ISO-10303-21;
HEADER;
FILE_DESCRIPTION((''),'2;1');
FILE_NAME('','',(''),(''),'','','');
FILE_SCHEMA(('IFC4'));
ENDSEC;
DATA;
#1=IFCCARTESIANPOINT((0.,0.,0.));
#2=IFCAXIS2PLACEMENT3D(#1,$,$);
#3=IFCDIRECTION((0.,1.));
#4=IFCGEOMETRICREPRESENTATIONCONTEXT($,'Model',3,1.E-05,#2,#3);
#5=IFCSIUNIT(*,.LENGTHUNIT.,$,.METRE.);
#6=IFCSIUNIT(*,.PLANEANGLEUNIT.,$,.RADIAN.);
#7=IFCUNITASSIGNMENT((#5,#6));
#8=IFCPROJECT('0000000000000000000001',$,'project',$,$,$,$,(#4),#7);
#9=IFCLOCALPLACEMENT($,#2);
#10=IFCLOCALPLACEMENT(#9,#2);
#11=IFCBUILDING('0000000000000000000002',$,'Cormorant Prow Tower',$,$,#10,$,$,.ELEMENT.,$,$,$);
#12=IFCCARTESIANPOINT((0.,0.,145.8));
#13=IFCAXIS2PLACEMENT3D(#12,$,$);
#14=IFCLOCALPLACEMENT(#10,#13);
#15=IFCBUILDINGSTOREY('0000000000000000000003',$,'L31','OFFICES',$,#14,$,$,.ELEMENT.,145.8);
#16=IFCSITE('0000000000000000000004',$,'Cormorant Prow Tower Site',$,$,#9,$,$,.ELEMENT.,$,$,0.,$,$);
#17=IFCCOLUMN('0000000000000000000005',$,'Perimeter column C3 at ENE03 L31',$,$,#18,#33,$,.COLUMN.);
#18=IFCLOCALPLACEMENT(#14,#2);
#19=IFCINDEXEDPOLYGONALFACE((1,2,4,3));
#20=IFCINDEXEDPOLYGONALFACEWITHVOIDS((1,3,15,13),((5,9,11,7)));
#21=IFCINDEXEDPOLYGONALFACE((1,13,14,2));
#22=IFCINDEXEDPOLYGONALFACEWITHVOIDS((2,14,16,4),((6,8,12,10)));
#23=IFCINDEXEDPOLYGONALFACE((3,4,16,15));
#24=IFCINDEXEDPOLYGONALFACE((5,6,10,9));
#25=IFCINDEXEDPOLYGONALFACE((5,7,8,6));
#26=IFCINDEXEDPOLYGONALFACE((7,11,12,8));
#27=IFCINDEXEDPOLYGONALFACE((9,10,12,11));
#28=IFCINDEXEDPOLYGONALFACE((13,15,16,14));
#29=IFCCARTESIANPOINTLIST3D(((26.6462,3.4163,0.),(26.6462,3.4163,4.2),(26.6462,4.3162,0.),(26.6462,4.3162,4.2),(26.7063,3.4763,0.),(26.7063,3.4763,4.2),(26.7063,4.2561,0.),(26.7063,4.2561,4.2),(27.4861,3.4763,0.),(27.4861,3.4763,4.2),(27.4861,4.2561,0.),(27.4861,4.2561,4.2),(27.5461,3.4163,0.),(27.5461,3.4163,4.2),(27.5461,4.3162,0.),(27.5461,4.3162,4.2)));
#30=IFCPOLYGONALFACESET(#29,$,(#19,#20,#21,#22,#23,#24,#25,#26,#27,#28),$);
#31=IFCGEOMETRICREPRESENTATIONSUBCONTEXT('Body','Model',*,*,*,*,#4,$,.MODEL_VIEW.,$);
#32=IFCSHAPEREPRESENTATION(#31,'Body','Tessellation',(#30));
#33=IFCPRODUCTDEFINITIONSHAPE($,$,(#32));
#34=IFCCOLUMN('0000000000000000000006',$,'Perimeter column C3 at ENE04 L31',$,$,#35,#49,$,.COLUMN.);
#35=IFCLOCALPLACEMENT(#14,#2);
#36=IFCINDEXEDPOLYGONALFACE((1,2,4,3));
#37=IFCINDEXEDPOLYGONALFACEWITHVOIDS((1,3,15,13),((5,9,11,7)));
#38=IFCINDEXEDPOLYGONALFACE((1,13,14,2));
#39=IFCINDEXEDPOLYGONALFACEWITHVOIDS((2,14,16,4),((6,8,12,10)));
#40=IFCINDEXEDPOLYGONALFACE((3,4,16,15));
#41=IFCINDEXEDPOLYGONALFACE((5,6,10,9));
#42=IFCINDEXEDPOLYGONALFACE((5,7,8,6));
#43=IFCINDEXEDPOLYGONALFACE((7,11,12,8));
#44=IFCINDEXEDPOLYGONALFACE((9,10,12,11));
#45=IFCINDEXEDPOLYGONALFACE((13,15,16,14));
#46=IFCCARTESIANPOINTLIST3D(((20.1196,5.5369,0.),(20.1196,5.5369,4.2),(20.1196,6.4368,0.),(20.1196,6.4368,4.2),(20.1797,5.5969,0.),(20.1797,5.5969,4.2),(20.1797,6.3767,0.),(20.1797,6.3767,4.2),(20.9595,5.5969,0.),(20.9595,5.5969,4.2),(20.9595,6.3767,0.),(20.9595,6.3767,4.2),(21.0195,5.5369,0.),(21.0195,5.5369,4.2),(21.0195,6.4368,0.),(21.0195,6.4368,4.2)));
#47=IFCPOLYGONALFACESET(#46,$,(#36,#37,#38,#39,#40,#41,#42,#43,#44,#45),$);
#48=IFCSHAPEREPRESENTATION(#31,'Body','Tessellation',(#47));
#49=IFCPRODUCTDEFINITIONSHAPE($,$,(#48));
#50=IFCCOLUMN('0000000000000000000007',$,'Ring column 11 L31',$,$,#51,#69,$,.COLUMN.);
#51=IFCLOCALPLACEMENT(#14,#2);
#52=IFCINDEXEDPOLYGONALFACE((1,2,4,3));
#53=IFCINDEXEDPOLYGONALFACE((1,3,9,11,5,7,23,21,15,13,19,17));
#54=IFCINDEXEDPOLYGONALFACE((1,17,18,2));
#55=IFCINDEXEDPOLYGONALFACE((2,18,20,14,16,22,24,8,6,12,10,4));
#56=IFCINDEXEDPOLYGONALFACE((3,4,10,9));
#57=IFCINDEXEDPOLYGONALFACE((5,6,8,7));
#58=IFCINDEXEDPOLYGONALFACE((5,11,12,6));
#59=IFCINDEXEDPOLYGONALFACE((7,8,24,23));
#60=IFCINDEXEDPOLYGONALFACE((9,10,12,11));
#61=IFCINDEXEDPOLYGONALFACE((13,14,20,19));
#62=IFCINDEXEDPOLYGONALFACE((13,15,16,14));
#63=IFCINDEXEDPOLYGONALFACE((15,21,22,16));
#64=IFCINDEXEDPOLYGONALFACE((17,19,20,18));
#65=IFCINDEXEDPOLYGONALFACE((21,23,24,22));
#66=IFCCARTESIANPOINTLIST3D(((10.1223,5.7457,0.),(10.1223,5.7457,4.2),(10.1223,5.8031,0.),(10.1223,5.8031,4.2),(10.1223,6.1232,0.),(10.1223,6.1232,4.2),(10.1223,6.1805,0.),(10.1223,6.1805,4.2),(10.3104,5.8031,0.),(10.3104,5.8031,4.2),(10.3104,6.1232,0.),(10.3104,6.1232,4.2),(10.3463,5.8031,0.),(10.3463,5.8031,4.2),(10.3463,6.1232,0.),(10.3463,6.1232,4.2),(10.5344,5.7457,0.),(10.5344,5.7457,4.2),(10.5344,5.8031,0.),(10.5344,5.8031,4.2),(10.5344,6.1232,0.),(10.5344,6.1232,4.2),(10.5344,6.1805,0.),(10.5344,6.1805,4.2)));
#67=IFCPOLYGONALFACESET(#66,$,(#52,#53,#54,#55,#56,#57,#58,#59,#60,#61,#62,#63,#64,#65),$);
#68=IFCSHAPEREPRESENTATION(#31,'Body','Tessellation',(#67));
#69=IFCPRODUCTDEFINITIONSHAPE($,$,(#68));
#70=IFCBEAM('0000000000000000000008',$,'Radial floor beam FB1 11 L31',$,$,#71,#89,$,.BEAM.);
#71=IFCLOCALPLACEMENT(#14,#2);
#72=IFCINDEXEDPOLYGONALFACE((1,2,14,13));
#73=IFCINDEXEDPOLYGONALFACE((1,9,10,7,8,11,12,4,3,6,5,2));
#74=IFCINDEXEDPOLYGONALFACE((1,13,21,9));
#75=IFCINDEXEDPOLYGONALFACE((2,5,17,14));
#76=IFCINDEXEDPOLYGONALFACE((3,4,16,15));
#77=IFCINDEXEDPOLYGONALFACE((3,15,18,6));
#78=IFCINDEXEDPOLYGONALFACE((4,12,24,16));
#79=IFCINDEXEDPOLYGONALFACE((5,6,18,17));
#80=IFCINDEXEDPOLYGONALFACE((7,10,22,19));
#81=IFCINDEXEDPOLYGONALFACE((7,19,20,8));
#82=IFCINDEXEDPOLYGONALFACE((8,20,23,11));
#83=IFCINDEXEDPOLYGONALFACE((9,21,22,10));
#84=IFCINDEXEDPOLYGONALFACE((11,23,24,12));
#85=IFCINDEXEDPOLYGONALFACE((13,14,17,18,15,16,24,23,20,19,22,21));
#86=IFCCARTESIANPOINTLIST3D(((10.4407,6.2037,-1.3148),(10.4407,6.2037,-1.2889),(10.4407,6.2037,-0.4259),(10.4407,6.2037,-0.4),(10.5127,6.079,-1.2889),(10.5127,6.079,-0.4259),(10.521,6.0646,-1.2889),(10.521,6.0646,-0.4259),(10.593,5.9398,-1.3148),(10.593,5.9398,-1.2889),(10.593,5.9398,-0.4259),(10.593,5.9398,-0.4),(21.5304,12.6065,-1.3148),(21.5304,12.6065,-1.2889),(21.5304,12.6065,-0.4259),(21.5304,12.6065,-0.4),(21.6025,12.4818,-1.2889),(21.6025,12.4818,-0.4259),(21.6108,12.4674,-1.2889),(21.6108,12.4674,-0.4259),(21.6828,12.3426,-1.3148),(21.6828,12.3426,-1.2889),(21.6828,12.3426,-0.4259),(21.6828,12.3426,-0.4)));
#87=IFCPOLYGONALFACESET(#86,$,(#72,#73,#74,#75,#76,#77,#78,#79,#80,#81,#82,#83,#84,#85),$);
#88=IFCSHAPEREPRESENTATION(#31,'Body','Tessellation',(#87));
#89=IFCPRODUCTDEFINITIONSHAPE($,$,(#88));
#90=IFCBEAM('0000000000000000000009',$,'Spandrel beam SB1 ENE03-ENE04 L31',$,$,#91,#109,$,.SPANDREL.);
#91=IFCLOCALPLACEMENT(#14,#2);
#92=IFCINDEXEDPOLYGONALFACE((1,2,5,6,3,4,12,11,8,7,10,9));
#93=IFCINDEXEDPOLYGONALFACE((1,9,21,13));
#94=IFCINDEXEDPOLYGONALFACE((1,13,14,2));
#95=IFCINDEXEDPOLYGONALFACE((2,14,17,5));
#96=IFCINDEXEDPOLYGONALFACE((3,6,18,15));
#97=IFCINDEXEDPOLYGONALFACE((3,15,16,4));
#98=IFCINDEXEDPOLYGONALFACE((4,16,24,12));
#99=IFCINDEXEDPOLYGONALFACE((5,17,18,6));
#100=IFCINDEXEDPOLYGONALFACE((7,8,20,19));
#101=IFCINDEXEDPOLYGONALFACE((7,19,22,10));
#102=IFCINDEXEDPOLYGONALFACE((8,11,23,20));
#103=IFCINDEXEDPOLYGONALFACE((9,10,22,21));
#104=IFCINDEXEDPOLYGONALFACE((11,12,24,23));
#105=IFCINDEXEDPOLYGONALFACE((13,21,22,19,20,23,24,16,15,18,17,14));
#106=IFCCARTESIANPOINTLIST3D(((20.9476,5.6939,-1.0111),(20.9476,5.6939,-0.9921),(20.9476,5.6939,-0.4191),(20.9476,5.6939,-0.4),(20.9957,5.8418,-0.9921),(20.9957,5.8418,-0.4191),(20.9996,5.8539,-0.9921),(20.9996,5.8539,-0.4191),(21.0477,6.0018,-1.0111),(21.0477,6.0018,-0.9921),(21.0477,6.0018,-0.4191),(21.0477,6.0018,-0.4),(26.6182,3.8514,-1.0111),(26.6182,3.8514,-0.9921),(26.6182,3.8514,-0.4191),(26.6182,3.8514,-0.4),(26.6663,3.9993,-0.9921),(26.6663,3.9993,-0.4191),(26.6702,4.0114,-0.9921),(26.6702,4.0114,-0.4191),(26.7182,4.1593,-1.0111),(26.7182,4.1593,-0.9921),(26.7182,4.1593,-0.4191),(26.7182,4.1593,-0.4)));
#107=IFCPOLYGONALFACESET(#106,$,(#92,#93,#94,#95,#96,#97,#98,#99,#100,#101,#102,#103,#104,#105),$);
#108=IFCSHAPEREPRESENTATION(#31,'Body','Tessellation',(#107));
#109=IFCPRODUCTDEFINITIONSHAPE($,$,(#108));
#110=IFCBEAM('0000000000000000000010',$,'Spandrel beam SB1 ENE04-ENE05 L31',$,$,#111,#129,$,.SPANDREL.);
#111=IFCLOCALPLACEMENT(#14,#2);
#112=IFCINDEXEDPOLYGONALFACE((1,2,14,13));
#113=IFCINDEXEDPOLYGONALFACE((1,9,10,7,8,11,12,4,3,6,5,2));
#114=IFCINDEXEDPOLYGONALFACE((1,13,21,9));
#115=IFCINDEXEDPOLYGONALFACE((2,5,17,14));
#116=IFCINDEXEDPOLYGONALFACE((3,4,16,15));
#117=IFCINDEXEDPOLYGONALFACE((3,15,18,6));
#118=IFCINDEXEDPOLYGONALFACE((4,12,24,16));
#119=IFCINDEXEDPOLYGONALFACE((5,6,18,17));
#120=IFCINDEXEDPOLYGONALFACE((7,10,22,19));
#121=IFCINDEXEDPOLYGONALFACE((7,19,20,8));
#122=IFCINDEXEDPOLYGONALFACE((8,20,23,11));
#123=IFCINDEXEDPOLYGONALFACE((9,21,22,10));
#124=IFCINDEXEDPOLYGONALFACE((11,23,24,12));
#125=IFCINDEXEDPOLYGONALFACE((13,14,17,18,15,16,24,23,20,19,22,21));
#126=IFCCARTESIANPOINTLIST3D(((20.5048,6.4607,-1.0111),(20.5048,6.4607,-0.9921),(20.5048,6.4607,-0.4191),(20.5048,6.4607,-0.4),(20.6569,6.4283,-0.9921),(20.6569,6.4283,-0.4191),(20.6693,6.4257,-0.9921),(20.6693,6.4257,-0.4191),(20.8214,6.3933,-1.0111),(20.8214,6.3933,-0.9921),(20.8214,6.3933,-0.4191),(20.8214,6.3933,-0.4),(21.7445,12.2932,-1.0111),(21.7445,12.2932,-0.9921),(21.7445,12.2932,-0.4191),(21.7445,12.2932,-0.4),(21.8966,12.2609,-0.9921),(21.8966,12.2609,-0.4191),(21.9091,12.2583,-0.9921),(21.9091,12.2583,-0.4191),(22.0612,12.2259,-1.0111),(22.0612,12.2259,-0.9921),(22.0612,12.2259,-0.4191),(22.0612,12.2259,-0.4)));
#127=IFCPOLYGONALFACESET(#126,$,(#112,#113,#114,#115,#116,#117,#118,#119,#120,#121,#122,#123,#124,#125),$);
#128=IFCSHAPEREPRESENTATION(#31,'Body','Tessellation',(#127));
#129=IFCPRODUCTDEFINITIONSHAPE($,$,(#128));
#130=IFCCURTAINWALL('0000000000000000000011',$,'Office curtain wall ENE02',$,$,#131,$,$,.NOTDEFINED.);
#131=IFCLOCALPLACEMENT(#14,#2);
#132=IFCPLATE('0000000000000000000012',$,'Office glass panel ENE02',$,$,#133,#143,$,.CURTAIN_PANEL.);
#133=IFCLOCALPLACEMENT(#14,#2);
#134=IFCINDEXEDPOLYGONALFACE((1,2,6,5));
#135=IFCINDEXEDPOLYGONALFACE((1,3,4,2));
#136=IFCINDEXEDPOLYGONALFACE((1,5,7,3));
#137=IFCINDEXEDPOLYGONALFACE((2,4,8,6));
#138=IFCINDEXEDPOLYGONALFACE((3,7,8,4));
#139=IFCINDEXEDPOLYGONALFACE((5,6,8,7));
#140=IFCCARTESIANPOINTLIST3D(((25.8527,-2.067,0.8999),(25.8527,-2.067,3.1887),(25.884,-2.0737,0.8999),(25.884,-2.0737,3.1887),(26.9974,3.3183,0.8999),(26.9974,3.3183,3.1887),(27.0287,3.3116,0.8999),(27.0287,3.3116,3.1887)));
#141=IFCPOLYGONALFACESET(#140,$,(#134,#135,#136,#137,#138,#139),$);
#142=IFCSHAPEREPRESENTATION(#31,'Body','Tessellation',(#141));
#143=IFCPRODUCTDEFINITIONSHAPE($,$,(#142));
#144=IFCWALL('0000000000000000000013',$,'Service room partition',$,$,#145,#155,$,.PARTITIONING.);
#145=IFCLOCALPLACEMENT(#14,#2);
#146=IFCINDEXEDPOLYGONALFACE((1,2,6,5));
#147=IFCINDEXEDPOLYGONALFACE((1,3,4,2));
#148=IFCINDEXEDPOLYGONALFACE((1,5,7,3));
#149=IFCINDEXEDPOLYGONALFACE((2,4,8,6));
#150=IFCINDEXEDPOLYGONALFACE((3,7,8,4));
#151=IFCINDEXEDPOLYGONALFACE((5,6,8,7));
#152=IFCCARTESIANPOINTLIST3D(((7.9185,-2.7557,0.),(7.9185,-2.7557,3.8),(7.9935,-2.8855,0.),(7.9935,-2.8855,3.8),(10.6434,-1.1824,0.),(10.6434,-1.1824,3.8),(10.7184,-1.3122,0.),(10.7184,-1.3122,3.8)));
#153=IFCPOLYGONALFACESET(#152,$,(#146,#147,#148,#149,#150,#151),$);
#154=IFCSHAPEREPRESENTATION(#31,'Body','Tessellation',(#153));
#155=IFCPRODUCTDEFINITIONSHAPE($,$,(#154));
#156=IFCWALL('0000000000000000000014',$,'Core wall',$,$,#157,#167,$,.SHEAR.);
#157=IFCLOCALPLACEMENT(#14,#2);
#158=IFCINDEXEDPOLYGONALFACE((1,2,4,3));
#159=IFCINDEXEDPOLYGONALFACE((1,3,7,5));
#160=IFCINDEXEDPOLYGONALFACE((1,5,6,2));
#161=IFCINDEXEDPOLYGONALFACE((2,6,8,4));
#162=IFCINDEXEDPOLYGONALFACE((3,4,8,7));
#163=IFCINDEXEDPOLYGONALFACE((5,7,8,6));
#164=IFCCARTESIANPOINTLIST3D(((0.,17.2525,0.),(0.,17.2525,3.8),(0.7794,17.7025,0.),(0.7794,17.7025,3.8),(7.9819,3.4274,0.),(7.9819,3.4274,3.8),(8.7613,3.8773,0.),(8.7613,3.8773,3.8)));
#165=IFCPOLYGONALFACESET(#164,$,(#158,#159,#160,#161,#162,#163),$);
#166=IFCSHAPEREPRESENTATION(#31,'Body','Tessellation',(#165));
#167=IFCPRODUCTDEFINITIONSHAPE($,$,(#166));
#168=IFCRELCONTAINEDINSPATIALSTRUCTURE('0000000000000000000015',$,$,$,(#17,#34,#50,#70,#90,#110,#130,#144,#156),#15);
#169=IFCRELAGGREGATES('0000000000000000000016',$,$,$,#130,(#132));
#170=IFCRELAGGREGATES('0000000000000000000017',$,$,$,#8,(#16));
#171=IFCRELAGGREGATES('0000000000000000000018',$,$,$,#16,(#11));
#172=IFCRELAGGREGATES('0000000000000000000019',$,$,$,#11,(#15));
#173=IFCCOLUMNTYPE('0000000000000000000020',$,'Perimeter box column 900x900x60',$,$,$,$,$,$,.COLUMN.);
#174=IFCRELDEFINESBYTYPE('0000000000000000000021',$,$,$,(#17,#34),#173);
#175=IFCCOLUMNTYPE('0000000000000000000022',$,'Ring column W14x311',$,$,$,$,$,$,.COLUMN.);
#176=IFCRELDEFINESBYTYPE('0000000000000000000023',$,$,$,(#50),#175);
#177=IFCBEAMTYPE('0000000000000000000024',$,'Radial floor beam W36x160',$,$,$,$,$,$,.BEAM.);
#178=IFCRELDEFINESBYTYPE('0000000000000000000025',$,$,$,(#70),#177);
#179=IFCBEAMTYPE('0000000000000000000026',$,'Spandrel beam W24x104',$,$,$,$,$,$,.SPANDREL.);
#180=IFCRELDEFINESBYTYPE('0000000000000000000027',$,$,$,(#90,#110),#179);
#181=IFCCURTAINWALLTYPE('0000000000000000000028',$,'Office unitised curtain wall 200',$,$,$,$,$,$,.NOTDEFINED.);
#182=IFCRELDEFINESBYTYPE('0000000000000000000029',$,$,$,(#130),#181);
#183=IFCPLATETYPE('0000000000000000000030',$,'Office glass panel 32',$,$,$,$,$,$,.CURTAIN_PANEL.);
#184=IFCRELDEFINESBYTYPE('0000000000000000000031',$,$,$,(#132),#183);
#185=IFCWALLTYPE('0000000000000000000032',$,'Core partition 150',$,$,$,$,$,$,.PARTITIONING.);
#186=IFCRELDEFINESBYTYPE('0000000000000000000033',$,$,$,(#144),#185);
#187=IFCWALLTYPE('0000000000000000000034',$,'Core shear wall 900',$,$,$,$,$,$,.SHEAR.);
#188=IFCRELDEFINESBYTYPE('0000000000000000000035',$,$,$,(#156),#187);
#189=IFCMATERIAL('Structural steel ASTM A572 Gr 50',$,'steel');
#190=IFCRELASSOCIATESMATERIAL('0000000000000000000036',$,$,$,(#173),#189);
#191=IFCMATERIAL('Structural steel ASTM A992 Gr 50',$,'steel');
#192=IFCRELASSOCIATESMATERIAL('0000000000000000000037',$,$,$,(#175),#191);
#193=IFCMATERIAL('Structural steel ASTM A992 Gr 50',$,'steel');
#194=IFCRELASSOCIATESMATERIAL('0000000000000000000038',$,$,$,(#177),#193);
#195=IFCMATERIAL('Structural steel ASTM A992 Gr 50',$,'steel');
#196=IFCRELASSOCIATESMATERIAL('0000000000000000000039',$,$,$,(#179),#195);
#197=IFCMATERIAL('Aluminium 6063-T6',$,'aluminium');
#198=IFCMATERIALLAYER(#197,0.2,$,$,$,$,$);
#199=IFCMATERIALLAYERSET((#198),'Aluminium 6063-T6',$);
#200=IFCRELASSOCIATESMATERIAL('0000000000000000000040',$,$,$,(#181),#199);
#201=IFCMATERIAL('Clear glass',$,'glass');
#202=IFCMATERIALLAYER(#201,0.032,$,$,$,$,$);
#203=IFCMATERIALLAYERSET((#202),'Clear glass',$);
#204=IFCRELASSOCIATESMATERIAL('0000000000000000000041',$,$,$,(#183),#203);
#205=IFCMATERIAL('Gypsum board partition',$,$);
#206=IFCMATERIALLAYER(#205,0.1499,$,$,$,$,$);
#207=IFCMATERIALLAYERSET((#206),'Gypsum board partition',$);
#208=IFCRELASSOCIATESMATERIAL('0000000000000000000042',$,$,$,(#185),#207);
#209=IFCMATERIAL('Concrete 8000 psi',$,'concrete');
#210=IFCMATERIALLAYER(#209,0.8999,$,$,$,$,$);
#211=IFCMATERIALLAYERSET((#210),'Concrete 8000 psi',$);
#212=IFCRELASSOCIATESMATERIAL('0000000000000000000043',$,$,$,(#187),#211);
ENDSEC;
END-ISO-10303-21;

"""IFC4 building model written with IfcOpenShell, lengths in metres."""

from ifc_helpers import new_model, si_unit, direction, frame, frame_2d, origin, origin_2d, place, context, subcontext, project, spatial, rectangle, hollow_rectangle, i_section, extrude, material, layer, layer_set, material_profile, profile_set, type_object, element, aggregate, save


model = new_model("IFC4")

# Units and contexts
model_context = context("Model", 3, precision=1e-05, world=origin(), true_north=direction((0.0, 1.0)))
body_context = subcontext(model_context, "Body", "Model", "MODEL_VIEW")
ifc_project = project(units=[si_unit("LENGTHUNIT", "METRE"), si_unit("PLANEANGLEUNIT", "RADIAN")], contexts=[model_context])

# Site, building, storey
site_placement = place(None, origin())
site = spatial("IfcSite", under=ifc_project, at=site_placement, Name="Cormorant Prow Tower Site", CompositionType="ELEMENT", RefElevation=0.0)
building_placement = place(site_placement, origin())
building = spatial("IfcBuilding", under=site, at=building_placement, Name="Cormorant Prow Tower", CompositionType="ELEMENT")
storey_placement = place(building_placement, frame((0.0, 0.0, 145.8)))
storey = spatial("IfcBuildingStorey", under=building, at=storey_placement, Name="L31", Description="OFFICES", CompositionType="ELEMENT", Elevation=145.8)

# Columns
ifc_material_1 = material(Name="Structural steel ASTM A572 Gr 50", Category="steel")
ifc_material_profile_1 = material_profile(ifc_material_1, hollow_rectangle(XDim=0.8999, YDim=0.8999, WallThickness=0.0601, at=origin_2d()), Name="Box 900x900x60")
ifc_profile_set_1 = profile_set([ifc_material_profile_1], Name="Structural steel ASTM A572 Gr 50")
column_type_1 = type_object("IfcColumnType", Name="Perimeter box column 900x900x60", PredefinedType="COLUMN", material=ifc_profile_set_1)
for number, where, z_axis, x_axis, name in (
    (1, (27.0962, 3.8662, 0.0), (0.0, 0.0, 1.0), (1.0, 0.0, 0.0), "Perimeter column C3 at ENE03 L31"),
    (2, (20.5696, 5.9868, 0.0), (0.0, 0.0, 1.0), (1.0, 0.0, 0.0), "Perimeter column C3 at ENE04 L31"),
):
    element("IfcColumn", number, at=place(storey_placement, frame(where, z_axis=z_axis, x_axis=x_axis)), inside=storey, type_object=column_type_1, Name=name, PredefinedType="COLUMN", context=body_context, shape_type="SweptSolid", body=[
        extrude(hollow_rectangle(XDim=0.8999, YDim=0.8999, WallThickness=0.0601, at=origin_2d()), origin(), (0.0, 0.0, 1.0), 4.2),
    ])
ifc_material_2 = material(Name="Structural steel ASTM A992 Gr 50", Category="steel")
ifc_material_profile_2 = material_profile(ifc_material_2, i_section(OverallWidth=0.4121, OverallDepth=0.4348, WebThickness=0.0359, FlangeThickness=0.0574, at=origin_2d()), Name="W14x311")
ifc_profile_set_2 = profile_set([ifc_material_profile_2], Name="Structural steel ASTM A992 Gr 50")
column_type_2 = type_object("IfcColumnType", Name="Ring column W14x311", PredefinedType="COLUMN", material=ifc_profile_set_2)
column_placement = place(storey_placement, frame((10.3284, 5.9631, 0.0), z_axis=(0.0, 0.0, 1.0), x_axis=(1.0, 0.0, 0.0)))
element("IfcColumn", 3, at=column_placement, inside=storey, type_object=column_type_2, Name="Ring column 11 L31", PredefinedType="COLUMN", context=body_context, shape_type="SweptSolid", body=[
    extrude(i_section(OverallWidth=0.4121, OverallDepth=0.4348, WebThickness=0.0359, FlangeThickness=0.0574, at=origin_2d()), origin(), (0.0, 0.0, 1.0), 4.2),
])

# Beams
ifc_material_3 = material(Name="Structural steel ASTM A992 Gr 50", Category="steel")
ifc_material_profile_3 = material_profile(ifc_material_3, i_section(OverallWidth=0.3047, OverallDepth=0.9148, WebThickness=0.0166, FlangeThickness=0.0259, at=origin_2d()), Name="W36x160")
ifc_profile_set_3 = profile_set([ifc_material_profile_3], Name="Structural steel ASTM A992 Gr 50")
beam_type_1 = type_object("IfcBeamType", Name="Radial floor beam W36x160", PredefinedType="BEAM", material=ifc_profile_set_3)
beam_1_placement = place(storey_placement, frame((10.5168, 6.0718, -0.8574), z_axis=(0.866022, 0.500006, 0.0), x_axis=(-0.500006, 0.866022, 0.0)))
element("IfcBeam", 4, at=beam_1_placement, inside=storey, type_object=beam_type_1, Name="Radial floor beam FB1 11 L31", PredefinedType="BEAM", context=body_context, shape_type="SweptSolid", body=[
    extrude(i_section(OverallWidth=0.3047, OverallDepth=0.9148, WebThickness=0.0166, FlangeThickness=0.0259, at=origin_2d()), origin(), (0.0, 0.0, 1.0), 12.8054),
])
ifc_material_4 = material(Name="Structural steel ASTM A992 Gr 50", Category="steel")
ifc_material_profile_4 = material_profile(ifc_material_4, i_section(OverallWidth=0.3237, OverallDepth=0.6111, WebThickness=0.0127, FlangeThickness=0.019, at=origin_2d()), Name="W24x104")
ifc_profile_set_4 = profile_set([ifc_material_profile_4], Name="Structural steel ASTM A992 Gr 50")
beam_type_2 = type_object("IfcBeamType", Name="Spandrel beam W24x104", PredefinedType="SPANDREL", material=ifc_profile_set_4)
beam_2_placement = place(storey_placement, frame((26.6682, 4.0054, -0.7056), z_axis=(-0.951055, 0.30902, 0.0), x_axis=(-0.30902, -0.951055, 0.0)))
element("IfcBeam", 5, at=beam_2_placement, inside=storey, type_object=beam_type_2, Name="Spandrel beam SB1 ENE03-ENE04 L31", PredefinedType="SPANDREL", context=body_context, shape_type="SweptSolid", body=[
    extrude(i_section(OverallWidth=0.3237, OverallDepth=0.6111, WebThickness=0.0127, FlangeThickness=0.019, at=origin_2d()), origin(), (0.0, 0.0, 1.0), 5.9624),
])
beam_3_placement = place(storey_placement, frame((20.6631, 6.427, -0.7056), z_axis=(0.207913, 0.978147, 0.0), x_axis=(-0.978147, 0.207913, 0.0)))
element("IfcBeam", 6, at=beam_3_placement, inside=storey, type_object=beam_type_2, Name="Spandrel beam SB1 ENE04-ENE05 L31", PredefinedType="SPANDREL", context=body_context, shape_type="SweptSolid", body=[
    extrude(i_section(OverallWidth=0.3237, OverallDepth=0.6111, WebThickness=0.0127, FlangeThickness=0.019, at=origin_2d()), origin(), (0.0, 0.0, 1.0), 5.9629),
])

# Curtain wall, plate
ifc_material_5 = material(Name="Aluminium 6063-T6", Category="aluminium")
ifc_layer_1 = layer(ifc_material_5, 0.2)
ifc_layer_set_1 = layer_set([ifc_layer_1], Name="Aluminium 6063-T6")
curtain_wall_type = type_object("IfcCurtainWallType", Name="Office unitised curtain wall 200", PredefinedType="NOTDEFINED", material=ifc_layer_set_1)
curtain_wall_placement = place(storey_placement, origin())
curtain_wall = element("IfcCurtainWall", 7, at=curtain_wall_placement, inside=storey, type_object=curtain_wall_type, Name="Office curtain wall ENE02", PredefinedType="NOTDEFINED")
ifc_material_6 = material(Name="Clear glass", Category="glass")
ifc_layer_2 = layer(ifc_material_6, 0.032)
ifc_layer_set_2 = layer_set([ifc_layer_2], Name="Clear glass")
plate_type = type_object("IfcPlateType", Name="Office glass panel 32", PredefinedType="CURTAIN_PANEL", material=ifc_layer_set_2)
plate_placement = place(storey_placement, frame((26.4407, 0.6223, 0.8999), z_axis=(0.0, 0.0, 1.0), x_axis=(0.207912, 0.978148, 0.0)))
plate = element("IfcPlate", 8, at=plate_placement, type_object=plate_type, Name="Office glass panel ENE02", PredefinedType="CURTAIN_PANEL", context=body_context, shape_type="SweptSolid", body=[
    extrude(rectangle(XDim=5.5056, YDim=0.032, at=origin_2d()), origin(), (0.0, 0.0, 1.0), 2.2888),
])
aggregate(curtain_wall, [plate])

# Walls
ifc_material_7 = material(Name="Gypsum board partition")
ifc_layer_3 = layer(ifc_material_7, 0.1499)
ifc_layer_set_3 = layer_set([ifc_layer_3], Name="Gypsum board partition")
wall_type_1 = type_object("IfcWallType", Name="Core partition 150", PredefinedType="PARTITIONING", material=ifc_layer_set_3)
wall_1_placement = place(storey_placement, frame((10.6809, -1.2473, 0.0), z_axis=(0.0, 0.0, 1.0), x_axis=(-0.866019, -0.500011, 0.0)))
element("IfcWall", 9, at=wall_1_placement, inside=storey, type_object=wall_type_1, Name="Service room partition", PredefinedType="PARTITIONING", context=body_context, shape_type="SweptSolid", body=[
    extrude(rectangle(XDim=3.1465, YDim=0.1499, at=frame_2d((1.5732, 0.0))), origin(), (0.0, 0.0, 1.0), 3.8),
])
ifc_material_8 = material(Name="Concrete 8000 psi", Category="concrete")
ifc_layer_4 = layer(ifc_material_8, 0.8999)
ifc_layer_set_4 = layer_set([ifc_layer_4], Name="Concrete 8000 psi")
wall_type_2 = type_object("IfcWallType", Name="Core shear wall 900", PredefinedType="SHEAR", material=ifc_layer_set_4)
wall_2_placement = place(storey_placement, frame((8.3716, 3.6523, 0.0), z_axis=(0.0, 0.0, 1.0), x_axis=(-0.499998, 0.866027, 0.0)))
element("IfcWall", 10, at=wall_2_placement, inside=storey, type_object=wall_type_2, Name="Core wall", PredefinedType="SHEAR", context=body_context, shape_type="SweptSolid", body=[
    extrude(rectangle(XDim=15.9639, YDim=0.8999, at=frame_2d((7.9819, 0.0))), origin(), (0.0, 0.0, 1.0), 3.8),
])

save(model, "model.ifc")
